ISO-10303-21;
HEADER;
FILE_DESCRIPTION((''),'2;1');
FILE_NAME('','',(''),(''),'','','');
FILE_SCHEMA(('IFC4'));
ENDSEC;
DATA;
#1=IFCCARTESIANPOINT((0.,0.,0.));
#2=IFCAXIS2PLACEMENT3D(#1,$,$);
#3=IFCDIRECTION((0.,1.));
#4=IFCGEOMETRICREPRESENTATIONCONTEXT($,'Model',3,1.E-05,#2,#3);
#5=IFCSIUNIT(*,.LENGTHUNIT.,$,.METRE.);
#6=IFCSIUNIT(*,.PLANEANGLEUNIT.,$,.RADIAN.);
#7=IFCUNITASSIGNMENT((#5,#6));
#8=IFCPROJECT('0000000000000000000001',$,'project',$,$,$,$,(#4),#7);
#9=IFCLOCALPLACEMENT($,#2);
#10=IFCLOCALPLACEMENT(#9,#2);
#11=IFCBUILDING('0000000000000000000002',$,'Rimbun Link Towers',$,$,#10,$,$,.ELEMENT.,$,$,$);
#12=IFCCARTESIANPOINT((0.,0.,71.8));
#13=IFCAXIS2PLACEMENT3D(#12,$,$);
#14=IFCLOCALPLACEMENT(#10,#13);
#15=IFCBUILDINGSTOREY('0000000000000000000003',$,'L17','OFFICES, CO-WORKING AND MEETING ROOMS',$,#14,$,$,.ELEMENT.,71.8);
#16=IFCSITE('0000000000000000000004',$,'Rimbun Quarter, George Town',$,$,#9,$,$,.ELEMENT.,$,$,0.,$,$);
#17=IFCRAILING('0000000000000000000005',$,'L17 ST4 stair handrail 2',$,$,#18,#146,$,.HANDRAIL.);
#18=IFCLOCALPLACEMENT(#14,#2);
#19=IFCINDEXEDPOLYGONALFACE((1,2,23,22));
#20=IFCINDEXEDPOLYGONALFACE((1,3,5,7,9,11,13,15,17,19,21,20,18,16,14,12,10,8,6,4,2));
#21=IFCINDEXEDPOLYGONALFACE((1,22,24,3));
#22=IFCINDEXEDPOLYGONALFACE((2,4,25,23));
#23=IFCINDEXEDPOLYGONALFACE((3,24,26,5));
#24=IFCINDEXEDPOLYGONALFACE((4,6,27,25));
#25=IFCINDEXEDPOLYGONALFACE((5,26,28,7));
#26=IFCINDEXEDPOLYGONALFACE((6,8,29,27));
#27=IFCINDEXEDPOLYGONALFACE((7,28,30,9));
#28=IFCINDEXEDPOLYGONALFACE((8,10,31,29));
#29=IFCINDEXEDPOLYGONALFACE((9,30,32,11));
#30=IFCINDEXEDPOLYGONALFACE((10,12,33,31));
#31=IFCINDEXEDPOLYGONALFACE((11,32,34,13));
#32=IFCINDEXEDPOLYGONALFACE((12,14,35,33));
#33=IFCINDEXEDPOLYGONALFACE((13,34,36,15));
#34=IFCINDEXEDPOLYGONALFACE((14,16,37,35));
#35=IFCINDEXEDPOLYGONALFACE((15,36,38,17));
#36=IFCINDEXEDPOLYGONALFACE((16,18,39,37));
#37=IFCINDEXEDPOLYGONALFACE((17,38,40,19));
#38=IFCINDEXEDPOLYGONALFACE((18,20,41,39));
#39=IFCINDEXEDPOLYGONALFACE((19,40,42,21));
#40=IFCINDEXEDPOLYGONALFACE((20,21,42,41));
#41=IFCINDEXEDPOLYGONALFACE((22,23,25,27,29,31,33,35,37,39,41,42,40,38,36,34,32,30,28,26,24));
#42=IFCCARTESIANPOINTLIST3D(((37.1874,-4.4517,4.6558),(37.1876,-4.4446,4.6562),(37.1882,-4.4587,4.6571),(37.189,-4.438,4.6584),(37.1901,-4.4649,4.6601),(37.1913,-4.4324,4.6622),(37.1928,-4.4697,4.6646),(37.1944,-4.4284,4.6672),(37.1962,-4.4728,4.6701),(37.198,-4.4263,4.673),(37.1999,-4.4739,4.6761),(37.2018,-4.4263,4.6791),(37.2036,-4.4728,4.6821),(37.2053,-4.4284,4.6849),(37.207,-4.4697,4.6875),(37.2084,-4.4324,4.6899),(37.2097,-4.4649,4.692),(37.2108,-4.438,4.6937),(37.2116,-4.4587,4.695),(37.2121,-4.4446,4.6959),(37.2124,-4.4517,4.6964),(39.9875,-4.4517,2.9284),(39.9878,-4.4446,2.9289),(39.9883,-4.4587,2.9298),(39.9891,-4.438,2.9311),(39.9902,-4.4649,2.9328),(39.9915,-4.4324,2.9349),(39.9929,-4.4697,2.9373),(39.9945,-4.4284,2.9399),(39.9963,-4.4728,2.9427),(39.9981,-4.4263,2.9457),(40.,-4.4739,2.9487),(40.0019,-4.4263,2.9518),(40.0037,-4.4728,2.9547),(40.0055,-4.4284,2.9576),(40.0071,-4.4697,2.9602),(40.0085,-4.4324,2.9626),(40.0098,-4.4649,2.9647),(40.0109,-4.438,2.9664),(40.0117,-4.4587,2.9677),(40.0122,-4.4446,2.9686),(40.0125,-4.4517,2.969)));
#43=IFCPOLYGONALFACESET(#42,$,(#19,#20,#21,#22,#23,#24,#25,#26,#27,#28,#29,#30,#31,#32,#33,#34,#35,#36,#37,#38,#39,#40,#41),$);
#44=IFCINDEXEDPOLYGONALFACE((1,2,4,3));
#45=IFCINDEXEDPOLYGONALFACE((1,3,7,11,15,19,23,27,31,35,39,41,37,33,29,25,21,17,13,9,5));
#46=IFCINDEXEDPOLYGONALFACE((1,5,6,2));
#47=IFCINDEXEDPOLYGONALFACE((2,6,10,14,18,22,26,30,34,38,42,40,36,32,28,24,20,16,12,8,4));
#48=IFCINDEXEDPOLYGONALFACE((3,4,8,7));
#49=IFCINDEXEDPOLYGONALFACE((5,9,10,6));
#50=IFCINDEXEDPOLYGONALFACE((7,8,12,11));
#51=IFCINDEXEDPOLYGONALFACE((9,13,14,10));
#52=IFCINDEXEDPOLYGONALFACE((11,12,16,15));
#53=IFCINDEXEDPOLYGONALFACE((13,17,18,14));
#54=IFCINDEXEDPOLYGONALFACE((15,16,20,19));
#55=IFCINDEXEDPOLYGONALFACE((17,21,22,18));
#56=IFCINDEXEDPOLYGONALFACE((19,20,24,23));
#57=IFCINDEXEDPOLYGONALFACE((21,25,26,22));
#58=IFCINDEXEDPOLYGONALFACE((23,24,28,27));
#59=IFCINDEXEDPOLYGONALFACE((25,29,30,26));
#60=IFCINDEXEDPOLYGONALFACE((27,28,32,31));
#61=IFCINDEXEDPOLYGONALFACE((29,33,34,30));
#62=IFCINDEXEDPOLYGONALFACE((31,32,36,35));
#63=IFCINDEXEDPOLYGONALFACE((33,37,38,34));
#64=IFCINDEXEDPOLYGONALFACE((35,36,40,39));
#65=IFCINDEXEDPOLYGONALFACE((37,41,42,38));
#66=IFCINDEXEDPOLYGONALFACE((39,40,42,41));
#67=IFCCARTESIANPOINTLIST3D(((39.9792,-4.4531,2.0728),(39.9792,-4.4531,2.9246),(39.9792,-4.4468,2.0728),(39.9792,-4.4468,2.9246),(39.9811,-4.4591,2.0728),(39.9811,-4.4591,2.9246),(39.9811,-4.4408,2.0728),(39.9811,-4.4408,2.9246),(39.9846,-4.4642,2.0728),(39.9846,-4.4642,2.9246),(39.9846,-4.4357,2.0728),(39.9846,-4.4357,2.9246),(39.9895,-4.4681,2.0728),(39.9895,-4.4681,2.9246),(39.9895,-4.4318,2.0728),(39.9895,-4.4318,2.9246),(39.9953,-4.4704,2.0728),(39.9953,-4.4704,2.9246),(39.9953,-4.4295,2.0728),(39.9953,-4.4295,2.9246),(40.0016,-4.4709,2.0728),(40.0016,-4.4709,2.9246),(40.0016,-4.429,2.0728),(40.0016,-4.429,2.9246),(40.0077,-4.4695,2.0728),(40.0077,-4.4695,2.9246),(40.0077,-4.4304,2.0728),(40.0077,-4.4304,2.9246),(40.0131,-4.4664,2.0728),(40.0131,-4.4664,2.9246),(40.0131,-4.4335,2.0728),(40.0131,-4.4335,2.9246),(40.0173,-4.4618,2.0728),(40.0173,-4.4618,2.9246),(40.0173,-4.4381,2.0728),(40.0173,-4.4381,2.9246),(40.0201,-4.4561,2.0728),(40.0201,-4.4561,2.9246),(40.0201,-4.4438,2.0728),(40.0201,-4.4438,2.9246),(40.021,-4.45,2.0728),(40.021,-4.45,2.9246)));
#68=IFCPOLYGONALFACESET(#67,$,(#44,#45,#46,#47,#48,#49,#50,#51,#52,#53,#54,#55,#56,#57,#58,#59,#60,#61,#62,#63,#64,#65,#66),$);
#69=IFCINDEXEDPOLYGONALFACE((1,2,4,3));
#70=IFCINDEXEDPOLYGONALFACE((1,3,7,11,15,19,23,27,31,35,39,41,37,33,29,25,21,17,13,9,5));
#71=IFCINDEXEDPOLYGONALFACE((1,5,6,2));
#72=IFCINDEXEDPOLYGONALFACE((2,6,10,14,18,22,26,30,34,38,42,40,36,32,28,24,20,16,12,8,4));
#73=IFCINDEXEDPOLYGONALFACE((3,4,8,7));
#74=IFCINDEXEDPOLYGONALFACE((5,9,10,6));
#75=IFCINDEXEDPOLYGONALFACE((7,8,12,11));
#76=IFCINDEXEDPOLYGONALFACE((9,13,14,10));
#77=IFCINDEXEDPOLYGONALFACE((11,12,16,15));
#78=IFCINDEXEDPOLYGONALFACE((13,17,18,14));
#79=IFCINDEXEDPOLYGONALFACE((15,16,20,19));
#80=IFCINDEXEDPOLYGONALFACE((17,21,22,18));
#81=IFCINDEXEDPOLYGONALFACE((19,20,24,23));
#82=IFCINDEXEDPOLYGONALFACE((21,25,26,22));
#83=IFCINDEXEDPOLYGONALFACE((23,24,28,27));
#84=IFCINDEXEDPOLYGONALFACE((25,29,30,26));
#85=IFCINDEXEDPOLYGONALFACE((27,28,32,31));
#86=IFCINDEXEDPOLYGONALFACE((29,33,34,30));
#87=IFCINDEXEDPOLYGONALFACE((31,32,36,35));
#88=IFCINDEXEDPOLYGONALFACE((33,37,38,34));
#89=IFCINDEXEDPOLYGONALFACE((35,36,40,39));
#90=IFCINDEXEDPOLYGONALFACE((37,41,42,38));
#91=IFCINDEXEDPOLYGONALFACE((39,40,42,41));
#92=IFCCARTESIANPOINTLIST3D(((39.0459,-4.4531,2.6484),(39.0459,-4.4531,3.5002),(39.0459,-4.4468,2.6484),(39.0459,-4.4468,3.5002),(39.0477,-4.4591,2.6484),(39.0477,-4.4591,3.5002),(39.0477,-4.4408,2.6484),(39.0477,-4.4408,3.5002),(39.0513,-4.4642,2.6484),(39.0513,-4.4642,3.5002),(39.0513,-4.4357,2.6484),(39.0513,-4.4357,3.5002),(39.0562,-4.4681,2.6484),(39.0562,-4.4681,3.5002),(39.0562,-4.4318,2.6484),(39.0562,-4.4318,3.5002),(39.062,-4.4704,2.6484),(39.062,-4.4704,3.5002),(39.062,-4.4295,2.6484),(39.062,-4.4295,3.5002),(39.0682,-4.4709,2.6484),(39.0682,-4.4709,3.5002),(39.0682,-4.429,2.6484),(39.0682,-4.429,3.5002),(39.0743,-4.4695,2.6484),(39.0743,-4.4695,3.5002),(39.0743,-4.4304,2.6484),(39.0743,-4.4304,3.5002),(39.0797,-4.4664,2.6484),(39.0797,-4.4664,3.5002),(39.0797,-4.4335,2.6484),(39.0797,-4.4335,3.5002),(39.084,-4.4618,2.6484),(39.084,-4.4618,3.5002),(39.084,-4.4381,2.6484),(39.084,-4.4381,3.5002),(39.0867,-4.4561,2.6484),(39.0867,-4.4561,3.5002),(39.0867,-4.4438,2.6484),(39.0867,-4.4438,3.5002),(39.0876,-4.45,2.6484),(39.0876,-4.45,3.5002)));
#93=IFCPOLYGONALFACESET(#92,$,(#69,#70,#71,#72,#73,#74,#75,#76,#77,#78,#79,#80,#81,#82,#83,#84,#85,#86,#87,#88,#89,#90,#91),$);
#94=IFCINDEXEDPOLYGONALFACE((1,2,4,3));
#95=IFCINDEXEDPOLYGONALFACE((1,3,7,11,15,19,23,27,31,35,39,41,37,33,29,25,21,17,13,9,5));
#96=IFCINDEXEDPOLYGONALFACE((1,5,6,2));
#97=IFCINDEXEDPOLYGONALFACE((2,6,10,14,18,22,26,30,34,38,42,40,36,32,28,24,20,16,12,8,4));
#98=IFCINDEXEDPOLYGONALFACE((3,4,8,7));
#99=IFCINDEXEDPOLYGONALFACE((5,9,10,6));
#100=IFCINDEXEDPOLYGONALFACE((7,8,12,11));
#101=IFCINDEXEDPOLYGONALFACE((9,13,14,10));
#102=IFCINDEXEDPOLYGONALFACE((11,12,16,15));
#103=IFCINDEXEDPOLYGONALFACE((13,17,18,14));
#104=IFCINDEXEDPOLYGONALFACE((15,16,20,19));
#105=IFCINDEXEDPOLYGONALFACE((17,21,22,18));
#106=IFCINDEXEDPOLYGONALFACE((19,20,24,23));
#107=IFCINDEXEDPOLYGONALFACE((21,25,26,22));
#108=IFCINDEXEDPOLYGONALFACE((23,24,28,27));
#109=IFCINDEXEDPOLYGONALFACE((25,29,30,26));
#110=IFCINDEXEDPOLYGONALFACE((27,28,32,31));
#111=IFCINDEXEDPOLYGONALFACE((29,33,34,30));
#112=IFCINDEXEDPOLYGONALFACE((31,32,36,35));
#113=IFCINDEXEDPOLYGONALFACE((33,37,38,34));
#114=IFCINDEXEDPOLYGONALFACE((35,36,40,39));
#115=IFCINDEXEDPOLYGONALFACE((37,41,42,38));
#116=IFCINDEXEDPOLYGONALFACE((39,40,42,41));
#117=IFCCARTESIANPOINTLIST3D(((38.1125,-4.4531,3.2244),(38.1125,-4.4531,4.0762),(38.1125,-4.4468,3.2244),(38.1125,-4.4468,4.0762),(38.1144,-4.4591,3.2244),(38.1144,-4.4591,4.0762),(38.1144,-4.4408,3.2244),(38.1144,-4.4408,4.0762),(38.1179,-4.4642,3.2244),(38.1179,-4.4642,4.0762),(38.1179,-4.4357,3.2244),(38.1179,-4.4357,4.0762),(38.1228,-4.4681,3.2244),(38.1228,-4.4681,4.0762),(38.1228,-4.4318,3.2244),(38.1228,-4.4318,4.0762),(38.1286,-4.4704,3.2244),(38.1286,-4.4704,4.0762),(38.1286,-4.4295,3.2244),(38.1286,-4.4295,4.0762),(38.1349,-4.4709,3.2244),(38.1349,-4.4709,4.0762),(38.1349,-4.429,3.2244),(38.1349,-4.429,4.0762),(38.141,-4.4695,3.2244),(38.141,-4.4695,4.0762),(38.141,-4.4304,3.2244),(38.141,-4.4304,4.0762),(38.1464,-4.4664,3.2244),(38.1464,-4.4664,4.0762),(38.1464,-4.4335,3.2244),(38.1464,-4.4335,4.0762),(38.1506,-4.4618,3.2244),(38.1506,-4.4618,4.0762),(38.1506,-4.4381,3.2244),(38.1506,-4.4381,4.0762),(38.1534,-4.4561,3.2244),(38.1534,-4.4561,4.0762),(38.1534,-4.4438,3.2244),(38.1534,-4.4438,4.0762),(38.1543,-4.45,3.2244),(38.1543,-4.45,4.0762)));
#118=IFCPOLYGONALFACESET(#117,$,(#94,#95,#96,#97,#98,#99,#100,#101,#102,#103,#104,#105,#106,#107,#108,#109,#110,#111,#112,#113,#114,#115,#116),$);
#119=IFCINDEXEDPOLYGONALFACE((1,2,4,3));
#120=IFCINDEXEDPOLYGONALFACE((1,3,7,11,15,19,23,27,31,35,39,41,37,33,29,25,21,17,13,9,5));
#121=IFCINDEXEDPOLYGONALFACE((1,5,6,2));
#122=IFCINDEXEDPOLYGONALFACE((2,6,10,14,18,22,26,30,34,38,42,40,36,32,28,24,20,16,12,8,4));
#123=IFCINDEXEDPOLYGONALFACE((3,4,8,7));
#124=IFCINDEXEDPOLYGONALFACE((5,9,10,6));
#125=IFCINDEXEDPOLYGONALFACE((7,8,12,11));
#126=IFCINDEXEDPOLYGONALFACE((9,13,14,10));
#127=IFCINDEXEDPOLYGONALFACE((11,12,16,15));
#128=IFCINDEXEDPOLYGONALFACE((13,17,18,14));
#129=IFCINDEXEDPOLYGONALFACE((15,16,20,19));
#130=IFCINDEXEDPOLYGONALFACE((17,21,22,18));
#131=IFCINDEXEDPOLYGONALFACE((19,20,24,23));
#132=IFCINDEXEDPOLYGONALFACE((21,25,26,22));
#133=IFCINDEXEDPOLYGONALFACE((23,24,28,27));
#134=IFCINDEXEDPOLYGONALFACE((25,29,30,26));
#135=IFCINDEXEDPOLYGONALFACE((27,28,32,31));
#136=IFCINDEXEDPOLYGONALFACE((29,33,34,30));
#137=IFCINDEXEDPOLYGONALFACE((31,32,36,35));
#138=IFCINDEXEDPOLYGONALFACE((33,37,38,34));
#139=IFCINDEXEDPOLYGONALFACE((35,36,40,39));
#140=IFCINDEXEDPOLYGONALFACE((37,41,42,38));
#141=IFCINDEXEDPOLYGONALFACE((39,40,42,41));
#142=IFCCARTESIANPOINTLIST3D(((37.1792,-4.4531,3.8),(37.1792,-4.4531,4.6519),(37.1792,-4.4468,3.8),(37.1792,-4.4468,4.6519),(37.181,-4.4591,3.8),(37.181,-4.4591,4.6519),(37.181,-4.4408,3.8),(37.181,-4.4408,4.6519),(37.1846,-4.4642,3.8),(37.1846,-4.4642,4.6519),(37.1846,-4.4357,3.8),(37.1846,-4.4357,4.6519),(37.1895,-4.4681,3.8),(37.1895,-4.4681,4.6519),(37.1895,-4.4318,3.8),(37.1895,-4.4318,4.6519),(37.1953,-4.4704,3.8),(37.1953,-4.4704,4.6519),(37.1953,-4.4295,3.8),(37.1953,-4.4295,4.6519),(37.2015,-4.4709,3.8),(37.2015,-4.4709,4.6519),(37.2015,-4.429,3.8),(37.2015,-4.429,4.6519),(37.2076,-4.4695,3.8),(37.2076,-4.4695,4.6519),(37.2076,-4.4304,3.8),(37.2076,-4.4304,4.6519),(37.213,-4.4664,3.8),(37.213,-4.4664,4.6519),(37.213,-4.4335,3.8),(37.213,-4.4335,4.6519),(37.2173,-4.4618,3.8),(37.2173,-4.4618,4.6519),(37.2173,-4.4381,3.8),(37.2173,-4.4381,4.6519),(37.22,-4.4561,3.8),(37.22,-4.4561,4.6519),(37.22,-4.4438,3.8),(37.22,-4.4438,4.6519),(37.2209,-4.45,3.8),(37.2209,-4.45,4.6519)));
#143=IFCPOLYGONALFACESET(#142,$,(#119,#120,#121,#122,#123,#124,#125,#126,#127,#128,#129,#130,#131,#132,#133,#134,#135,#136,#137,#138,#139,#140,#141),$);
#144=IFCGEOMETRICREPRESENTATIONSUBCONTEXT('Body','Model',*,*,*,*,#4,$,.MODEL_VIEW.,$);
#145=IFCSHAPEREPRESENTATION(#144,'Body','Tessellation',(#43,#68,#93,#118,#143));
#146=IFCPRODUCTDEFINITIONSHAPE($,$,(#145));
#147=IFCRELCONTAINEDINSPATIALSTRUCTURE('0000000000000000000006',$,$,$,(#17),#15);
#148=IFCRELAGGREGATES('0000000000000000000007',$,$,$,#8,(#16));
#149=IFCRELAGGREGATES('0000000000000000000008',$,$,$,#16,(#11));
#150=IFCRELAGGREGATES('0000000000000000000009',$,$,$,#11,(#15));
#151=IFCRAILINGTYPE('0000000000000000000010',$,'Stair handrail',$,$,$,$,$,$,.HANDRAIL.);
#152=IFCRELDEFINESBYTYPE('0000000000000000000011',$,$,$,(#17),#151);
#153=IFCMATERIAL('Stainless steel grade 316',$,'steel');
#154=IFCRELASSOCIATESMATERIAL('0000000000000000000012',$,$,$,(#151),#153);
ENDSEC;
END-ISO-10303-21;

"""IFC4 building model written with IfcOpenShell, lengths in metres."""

from ifc_helpers import new_model, si_unit, direction, frame, origin, origin_2d, place, context, subcontext, project, spatial, circle, extrude, material, type_object, element, save


model = new_model("IFC4")

# Units and contexts
model_context = context("Model", 3, precision=1e-05, world=origin(), true_north=direction((0.0, 1.0)))
body_context = subcontext(model_context, "Body", "Model", "MODEL_VIEW")
ifc_project = project(units=[si_unit("LENGTHUNIT", "METRE"), si_unit("PLANEANGLEUNIT", "RADIAN")], contexts=[model_context])

# Site, building, storey
site_placement = place(None, origin())
site = spatial("IfcSite", under=ifc_project, at=site_placement, Name="Rimbun Quarter, George Town", CompositionType="ELEMENT", RefElevation=0.0)
building_placement = place(site_placement, origin())
building = spatial("IfcBuilding", under=site, at=building_placement, Name="Rimbun Link Towers", CompositionType="ELEMENT")
storey_placement = place(building_placement, frame((0.0, 0.0, 71.8)))
storey = spatial("IfcBuildingStorey", under=building, at=storey_placement, Name="L17", Description="OFFICES, CO-WORKING AND MEETING ROOMS", CompositionType="ELEMENT", Elevation=71.8)

# Railing
ifc_material_1 = material(Name="Stainless steel grade 316", Category="steel")
railing_type_1 = type_object("IfcRailingType", Name="Stair handrail", PredefinedType="HANDRAIL", material=ifc_material_1)
railing_1_placement = place(storey_placement, frame((40.0, -4.45, 2.0728)))
element("IfcRailing", 1, at=railing_1_placement, inside=storey, type_object=railing_type_1, Name="L17 ST4 stair handrail 2", PredefinedType="HANDRAIL", context=body_context, shape_type="SweptSolid", body=[
    extrude(circle(Radius=0.0239, at=origin_2d()), frame((0.0, 0.0, 0.876), z_axis=(-0.85109, 0.0, 0.52502), x_axis=(0.0, -1.0, 0.0)), (0.0, 0.0, 1.0), 3.29),
    extrude(circle(Radius=0.021, at=origin_2d()), origin(), (0.0, 0.0, 1.0), 0.8518),
    extrude(circle(Radius=0.021, at=origin_2d()), frame((-0.9333, 0.0, 0.5757)), (0.0, 0.0, 1.0), 0.8518),
    extrude(circle(Radius=0.021, at=origin_2d()), frame((-1.8667, 0.0, 1.1516)), (0.0, 0.0, 1.0), 0.8518),
    extrude(circle(Radius=0.021, at=origin_2d()), frame((-2.8, 0.0, 1.7273)), (0.0, 0.0, 1.0), 0.8518),
])

save(model, "model.ifc")
